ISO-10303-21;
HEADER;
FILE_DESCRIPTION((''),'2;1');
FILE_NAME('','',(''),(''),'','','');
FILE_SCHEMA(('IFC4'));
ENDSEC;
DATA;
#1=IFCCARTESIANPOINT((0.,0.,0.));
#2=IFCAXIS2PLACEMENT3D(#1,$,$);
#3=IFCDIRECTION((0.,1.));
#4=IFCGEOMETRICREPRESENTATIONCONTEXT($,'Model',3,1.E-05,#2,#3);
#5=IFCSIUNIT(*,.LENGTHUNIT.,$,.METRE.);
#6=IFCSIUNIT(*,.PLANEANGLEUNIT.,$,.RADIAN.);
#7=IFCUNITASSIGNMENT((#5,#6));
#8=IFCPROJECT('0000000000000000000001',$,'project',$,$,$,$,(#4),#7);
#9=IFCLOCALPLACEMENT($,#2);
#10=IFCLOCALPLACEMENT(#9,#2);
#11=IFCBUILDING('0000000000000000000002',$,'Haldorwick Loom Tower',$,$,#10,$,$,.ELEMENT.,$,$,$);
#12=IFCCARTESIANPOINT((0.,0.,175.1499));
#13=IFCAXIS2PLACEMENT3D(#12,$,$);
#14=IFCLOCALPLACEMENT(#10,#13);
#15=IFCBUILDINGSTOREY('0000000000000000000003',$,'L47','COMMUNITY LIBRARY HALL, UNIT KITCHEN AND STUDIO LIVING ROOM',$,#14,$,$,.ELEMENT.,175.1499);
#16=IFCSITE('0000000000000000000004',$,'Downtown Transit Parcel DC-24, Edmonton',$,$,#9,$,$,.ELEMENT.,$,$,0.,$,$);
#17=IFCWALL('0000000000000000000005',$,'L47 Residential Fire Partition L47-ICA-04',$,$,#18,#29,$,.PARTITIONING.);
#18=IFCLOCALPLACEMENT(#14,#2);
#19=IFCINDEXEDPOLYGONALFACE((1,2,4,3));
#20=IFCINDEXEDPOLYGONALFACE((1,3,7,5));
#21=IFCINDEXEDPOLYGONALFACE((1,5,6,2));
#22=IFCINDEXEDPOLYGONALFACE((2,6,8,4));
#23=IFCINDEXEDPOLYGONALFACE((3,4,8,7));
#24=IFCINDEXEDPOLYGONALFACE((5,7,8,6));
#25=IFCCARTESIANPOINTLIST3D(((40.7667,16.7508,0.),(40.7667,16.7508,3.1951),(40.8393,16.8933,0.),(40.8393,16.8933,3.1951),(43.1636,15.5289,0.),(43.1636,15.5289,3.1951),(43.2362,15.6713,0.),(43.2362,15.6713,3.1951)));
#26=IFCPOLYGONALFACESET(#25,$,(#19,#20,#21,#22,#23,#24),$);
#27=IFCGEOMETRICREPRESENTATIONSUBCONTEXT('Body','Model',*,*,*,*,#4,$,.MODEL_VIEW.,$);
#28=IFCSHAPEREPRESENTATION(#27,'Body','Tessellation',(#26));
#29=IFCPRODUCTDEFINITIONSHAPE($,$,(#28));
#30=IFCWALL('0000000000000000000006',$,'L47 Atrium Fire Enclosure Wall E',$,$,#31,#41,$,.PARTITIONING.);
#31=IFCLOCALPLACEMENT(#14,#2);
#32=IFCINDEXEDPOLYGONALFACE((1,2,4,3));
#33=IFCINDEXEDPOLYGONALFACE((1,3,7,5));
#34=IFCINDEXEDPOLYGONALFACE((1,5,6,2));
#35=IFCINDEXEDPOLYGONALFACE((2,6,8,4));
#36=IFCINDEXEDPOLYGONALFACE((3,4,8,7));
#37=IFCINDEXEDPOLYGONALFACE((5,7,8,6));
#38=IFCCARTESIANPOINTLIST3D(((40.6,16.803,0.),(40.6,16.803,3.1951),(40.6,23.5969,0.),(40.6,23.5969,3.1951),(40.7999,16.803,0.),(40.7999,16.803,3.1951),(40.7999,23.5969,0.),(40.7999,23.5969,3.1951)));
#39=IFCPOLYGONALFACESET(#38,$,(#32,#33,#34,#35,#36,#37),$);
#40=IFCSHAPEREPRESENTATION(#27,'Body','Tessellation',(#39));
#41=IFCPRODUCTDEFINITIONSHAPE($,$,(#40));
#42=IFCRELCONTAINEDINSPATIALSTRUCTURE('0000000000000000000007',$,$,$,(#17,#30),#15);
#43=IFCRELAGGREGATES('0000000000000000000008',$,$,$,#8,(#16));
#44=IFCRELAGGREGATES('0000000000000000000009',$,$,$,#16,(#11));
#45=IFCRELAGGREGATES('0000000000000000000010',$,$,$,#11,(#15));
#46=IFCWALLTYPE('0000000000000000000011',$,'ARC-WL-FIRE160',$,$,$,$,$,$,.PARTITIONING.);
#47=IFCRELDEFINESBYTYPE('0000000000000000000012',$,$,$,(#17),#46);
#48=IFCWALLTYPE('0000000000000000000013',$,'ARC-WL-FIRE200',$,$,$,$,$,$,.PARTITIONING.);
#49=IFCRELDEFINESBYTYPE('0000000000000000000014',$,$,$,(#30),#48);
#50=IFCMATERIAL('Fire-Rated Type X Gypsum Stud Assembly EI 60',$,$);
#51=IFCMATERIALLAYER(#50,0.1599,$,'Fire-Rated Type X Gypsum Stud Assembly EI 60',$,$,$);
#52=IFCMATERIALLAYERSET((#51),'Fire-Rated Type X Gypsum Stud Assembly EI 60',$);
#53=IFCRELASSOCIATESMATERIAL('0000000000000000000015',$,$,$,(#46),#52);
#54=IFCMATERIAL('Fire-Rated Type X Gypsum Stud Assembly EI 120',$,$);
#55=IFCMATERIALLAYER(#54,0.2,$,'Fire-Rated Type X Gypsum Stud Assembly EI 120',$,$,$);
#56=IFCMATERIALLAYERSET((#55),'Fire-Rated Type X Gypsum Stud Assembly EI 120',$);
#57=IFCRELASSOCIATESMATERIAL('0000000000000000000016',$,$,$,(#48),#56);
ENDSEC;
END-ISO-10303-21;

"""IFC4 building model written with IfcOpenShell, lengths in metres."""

from ifc_helpers import new_model, si_unit, direction, frame, frame_2d, origin, place, context, subcontext, project, spatial, rectangle, extrude, material, layer, layer_set, type_object, element, save


model = new_model("IFC4")

# Units and contexts
model_context = context("Model", 3, precision=1e-05, world=origin(), true_north=direction((0.0, 1.0)))
body_context = subcontext(model_context, "Body", "Model", "MODEL_VIEW")
ifc_project = project(units=[si_unit("LENGTHUNIT", "METRE"), si_unit("PLANEANGLEUNIT", "RADIAN")], contexts=[model_context])

# Site, building, storey
site_placement = place(None, origin())
site = spatial("IfcSite", under=ifc_project, at=site_placement, Name="Downtown Transit Parcel DC-24, Edmonton", CompositionType="ELEMENT", RefElevation=0.0)
building_placement = place(site_placement, origin())
building = spatial("IfcBuilding", under=site, at=building_placement, Name="Haldorwick Loom Tower", CompositionType="ELEMENT")
storey_placement = place(building_placement, frame((0.0, 0.0, 175.1499)))
storey = spatial("IfcBuildingStorey", under=building, at=storey_placement, Name="L47", Description="COMMUNITY LIBRARY HALL, UNIT KITCHEN AND STUDIO LIVING ROOM", CompositionType="ELEMENT", Elevation=175.1499)

# Walls
ifc_material_1 = material(Name="Fire-Rated Type X Gypsum Stud Assembly EI 60")
ifc_layer_1 = layer(ifc_material_1, 0.1599, Name="Fire-Rated Type X Gypsum Stud Assembly EI 60")
ifc_layer_set_1 = layer_set([ifc_layer_1], Name="Fire-Rated Type X Gypsum Stud Assembly EI 60")
wall_type_1 = type_object("IfcWallType", Name="ARC-WL-FIRE160", PredefinedType="PARTITIONING", material=ifc_layer_set_1)
wall_1_placement = place(storey_placement, frame((40.803, 16.822, 0.0), z_axis=(0.0, 0.0, 1.0), x_axis=(0.890916, -0.454169, 0.0)))
element("IfcWall", 1, at=wall_1_placement, inside=storey, type_object=wall_type_1, Name="L47 Residential Fire Partition L47-ICA-04", PredefinedType="PARTITIONING", context=body_context, shape_type="SweptSolid", body=[
    extrude(rectangle(XDim=2.6904, YDim=0.1599, at=frame_2d((1.3452, 0.0))), origin(), (0.0, 0.0, 1.0), 3.1951),
])
ifc_material_2 = material(Name="Fire-Rated Type X Gypsum Stud Assembly EI 120")
ifc_layer_2 = layer(ifc_material_2, 0.2, Name="Fire-Rated Type X Gypsum Stud Assembly EI 120")
ifc_layer_set_2 = layer_set([ifc_layer_2], Name="Fire-Rated Type X Gypsum Stud Assembly EI 120")
wall_type_2 = type_object("IfcWallType", Name="ARC-WL-FIRE200", PredefinedType="PARTITIONING", material=ifc_layer_set_2)
wall_2_placement = place(storey_placement, frame((40.7, 23.5969, 0.0), z_axis=(0.0, 0.0, 1.0), x_axis=(0.0, -1.0, 0.0)))
element("IfcWall", 2, at=wall_2_placement, inside=storey, type_object=wall_type_2, Name="L47 Atrium Fire Enclosure Wall E", PredefinedType="PARTITIONING", context=body_context, shape_type="SweptSolid", body=[
    extrude(rectangle(XDim=6.7939, YDim=0.2, at=frame_2d((3.397, 0.0))), origin(), (0.0, 0.0, 1.0), 3.1951),
])

save(model, "model.ifc")
